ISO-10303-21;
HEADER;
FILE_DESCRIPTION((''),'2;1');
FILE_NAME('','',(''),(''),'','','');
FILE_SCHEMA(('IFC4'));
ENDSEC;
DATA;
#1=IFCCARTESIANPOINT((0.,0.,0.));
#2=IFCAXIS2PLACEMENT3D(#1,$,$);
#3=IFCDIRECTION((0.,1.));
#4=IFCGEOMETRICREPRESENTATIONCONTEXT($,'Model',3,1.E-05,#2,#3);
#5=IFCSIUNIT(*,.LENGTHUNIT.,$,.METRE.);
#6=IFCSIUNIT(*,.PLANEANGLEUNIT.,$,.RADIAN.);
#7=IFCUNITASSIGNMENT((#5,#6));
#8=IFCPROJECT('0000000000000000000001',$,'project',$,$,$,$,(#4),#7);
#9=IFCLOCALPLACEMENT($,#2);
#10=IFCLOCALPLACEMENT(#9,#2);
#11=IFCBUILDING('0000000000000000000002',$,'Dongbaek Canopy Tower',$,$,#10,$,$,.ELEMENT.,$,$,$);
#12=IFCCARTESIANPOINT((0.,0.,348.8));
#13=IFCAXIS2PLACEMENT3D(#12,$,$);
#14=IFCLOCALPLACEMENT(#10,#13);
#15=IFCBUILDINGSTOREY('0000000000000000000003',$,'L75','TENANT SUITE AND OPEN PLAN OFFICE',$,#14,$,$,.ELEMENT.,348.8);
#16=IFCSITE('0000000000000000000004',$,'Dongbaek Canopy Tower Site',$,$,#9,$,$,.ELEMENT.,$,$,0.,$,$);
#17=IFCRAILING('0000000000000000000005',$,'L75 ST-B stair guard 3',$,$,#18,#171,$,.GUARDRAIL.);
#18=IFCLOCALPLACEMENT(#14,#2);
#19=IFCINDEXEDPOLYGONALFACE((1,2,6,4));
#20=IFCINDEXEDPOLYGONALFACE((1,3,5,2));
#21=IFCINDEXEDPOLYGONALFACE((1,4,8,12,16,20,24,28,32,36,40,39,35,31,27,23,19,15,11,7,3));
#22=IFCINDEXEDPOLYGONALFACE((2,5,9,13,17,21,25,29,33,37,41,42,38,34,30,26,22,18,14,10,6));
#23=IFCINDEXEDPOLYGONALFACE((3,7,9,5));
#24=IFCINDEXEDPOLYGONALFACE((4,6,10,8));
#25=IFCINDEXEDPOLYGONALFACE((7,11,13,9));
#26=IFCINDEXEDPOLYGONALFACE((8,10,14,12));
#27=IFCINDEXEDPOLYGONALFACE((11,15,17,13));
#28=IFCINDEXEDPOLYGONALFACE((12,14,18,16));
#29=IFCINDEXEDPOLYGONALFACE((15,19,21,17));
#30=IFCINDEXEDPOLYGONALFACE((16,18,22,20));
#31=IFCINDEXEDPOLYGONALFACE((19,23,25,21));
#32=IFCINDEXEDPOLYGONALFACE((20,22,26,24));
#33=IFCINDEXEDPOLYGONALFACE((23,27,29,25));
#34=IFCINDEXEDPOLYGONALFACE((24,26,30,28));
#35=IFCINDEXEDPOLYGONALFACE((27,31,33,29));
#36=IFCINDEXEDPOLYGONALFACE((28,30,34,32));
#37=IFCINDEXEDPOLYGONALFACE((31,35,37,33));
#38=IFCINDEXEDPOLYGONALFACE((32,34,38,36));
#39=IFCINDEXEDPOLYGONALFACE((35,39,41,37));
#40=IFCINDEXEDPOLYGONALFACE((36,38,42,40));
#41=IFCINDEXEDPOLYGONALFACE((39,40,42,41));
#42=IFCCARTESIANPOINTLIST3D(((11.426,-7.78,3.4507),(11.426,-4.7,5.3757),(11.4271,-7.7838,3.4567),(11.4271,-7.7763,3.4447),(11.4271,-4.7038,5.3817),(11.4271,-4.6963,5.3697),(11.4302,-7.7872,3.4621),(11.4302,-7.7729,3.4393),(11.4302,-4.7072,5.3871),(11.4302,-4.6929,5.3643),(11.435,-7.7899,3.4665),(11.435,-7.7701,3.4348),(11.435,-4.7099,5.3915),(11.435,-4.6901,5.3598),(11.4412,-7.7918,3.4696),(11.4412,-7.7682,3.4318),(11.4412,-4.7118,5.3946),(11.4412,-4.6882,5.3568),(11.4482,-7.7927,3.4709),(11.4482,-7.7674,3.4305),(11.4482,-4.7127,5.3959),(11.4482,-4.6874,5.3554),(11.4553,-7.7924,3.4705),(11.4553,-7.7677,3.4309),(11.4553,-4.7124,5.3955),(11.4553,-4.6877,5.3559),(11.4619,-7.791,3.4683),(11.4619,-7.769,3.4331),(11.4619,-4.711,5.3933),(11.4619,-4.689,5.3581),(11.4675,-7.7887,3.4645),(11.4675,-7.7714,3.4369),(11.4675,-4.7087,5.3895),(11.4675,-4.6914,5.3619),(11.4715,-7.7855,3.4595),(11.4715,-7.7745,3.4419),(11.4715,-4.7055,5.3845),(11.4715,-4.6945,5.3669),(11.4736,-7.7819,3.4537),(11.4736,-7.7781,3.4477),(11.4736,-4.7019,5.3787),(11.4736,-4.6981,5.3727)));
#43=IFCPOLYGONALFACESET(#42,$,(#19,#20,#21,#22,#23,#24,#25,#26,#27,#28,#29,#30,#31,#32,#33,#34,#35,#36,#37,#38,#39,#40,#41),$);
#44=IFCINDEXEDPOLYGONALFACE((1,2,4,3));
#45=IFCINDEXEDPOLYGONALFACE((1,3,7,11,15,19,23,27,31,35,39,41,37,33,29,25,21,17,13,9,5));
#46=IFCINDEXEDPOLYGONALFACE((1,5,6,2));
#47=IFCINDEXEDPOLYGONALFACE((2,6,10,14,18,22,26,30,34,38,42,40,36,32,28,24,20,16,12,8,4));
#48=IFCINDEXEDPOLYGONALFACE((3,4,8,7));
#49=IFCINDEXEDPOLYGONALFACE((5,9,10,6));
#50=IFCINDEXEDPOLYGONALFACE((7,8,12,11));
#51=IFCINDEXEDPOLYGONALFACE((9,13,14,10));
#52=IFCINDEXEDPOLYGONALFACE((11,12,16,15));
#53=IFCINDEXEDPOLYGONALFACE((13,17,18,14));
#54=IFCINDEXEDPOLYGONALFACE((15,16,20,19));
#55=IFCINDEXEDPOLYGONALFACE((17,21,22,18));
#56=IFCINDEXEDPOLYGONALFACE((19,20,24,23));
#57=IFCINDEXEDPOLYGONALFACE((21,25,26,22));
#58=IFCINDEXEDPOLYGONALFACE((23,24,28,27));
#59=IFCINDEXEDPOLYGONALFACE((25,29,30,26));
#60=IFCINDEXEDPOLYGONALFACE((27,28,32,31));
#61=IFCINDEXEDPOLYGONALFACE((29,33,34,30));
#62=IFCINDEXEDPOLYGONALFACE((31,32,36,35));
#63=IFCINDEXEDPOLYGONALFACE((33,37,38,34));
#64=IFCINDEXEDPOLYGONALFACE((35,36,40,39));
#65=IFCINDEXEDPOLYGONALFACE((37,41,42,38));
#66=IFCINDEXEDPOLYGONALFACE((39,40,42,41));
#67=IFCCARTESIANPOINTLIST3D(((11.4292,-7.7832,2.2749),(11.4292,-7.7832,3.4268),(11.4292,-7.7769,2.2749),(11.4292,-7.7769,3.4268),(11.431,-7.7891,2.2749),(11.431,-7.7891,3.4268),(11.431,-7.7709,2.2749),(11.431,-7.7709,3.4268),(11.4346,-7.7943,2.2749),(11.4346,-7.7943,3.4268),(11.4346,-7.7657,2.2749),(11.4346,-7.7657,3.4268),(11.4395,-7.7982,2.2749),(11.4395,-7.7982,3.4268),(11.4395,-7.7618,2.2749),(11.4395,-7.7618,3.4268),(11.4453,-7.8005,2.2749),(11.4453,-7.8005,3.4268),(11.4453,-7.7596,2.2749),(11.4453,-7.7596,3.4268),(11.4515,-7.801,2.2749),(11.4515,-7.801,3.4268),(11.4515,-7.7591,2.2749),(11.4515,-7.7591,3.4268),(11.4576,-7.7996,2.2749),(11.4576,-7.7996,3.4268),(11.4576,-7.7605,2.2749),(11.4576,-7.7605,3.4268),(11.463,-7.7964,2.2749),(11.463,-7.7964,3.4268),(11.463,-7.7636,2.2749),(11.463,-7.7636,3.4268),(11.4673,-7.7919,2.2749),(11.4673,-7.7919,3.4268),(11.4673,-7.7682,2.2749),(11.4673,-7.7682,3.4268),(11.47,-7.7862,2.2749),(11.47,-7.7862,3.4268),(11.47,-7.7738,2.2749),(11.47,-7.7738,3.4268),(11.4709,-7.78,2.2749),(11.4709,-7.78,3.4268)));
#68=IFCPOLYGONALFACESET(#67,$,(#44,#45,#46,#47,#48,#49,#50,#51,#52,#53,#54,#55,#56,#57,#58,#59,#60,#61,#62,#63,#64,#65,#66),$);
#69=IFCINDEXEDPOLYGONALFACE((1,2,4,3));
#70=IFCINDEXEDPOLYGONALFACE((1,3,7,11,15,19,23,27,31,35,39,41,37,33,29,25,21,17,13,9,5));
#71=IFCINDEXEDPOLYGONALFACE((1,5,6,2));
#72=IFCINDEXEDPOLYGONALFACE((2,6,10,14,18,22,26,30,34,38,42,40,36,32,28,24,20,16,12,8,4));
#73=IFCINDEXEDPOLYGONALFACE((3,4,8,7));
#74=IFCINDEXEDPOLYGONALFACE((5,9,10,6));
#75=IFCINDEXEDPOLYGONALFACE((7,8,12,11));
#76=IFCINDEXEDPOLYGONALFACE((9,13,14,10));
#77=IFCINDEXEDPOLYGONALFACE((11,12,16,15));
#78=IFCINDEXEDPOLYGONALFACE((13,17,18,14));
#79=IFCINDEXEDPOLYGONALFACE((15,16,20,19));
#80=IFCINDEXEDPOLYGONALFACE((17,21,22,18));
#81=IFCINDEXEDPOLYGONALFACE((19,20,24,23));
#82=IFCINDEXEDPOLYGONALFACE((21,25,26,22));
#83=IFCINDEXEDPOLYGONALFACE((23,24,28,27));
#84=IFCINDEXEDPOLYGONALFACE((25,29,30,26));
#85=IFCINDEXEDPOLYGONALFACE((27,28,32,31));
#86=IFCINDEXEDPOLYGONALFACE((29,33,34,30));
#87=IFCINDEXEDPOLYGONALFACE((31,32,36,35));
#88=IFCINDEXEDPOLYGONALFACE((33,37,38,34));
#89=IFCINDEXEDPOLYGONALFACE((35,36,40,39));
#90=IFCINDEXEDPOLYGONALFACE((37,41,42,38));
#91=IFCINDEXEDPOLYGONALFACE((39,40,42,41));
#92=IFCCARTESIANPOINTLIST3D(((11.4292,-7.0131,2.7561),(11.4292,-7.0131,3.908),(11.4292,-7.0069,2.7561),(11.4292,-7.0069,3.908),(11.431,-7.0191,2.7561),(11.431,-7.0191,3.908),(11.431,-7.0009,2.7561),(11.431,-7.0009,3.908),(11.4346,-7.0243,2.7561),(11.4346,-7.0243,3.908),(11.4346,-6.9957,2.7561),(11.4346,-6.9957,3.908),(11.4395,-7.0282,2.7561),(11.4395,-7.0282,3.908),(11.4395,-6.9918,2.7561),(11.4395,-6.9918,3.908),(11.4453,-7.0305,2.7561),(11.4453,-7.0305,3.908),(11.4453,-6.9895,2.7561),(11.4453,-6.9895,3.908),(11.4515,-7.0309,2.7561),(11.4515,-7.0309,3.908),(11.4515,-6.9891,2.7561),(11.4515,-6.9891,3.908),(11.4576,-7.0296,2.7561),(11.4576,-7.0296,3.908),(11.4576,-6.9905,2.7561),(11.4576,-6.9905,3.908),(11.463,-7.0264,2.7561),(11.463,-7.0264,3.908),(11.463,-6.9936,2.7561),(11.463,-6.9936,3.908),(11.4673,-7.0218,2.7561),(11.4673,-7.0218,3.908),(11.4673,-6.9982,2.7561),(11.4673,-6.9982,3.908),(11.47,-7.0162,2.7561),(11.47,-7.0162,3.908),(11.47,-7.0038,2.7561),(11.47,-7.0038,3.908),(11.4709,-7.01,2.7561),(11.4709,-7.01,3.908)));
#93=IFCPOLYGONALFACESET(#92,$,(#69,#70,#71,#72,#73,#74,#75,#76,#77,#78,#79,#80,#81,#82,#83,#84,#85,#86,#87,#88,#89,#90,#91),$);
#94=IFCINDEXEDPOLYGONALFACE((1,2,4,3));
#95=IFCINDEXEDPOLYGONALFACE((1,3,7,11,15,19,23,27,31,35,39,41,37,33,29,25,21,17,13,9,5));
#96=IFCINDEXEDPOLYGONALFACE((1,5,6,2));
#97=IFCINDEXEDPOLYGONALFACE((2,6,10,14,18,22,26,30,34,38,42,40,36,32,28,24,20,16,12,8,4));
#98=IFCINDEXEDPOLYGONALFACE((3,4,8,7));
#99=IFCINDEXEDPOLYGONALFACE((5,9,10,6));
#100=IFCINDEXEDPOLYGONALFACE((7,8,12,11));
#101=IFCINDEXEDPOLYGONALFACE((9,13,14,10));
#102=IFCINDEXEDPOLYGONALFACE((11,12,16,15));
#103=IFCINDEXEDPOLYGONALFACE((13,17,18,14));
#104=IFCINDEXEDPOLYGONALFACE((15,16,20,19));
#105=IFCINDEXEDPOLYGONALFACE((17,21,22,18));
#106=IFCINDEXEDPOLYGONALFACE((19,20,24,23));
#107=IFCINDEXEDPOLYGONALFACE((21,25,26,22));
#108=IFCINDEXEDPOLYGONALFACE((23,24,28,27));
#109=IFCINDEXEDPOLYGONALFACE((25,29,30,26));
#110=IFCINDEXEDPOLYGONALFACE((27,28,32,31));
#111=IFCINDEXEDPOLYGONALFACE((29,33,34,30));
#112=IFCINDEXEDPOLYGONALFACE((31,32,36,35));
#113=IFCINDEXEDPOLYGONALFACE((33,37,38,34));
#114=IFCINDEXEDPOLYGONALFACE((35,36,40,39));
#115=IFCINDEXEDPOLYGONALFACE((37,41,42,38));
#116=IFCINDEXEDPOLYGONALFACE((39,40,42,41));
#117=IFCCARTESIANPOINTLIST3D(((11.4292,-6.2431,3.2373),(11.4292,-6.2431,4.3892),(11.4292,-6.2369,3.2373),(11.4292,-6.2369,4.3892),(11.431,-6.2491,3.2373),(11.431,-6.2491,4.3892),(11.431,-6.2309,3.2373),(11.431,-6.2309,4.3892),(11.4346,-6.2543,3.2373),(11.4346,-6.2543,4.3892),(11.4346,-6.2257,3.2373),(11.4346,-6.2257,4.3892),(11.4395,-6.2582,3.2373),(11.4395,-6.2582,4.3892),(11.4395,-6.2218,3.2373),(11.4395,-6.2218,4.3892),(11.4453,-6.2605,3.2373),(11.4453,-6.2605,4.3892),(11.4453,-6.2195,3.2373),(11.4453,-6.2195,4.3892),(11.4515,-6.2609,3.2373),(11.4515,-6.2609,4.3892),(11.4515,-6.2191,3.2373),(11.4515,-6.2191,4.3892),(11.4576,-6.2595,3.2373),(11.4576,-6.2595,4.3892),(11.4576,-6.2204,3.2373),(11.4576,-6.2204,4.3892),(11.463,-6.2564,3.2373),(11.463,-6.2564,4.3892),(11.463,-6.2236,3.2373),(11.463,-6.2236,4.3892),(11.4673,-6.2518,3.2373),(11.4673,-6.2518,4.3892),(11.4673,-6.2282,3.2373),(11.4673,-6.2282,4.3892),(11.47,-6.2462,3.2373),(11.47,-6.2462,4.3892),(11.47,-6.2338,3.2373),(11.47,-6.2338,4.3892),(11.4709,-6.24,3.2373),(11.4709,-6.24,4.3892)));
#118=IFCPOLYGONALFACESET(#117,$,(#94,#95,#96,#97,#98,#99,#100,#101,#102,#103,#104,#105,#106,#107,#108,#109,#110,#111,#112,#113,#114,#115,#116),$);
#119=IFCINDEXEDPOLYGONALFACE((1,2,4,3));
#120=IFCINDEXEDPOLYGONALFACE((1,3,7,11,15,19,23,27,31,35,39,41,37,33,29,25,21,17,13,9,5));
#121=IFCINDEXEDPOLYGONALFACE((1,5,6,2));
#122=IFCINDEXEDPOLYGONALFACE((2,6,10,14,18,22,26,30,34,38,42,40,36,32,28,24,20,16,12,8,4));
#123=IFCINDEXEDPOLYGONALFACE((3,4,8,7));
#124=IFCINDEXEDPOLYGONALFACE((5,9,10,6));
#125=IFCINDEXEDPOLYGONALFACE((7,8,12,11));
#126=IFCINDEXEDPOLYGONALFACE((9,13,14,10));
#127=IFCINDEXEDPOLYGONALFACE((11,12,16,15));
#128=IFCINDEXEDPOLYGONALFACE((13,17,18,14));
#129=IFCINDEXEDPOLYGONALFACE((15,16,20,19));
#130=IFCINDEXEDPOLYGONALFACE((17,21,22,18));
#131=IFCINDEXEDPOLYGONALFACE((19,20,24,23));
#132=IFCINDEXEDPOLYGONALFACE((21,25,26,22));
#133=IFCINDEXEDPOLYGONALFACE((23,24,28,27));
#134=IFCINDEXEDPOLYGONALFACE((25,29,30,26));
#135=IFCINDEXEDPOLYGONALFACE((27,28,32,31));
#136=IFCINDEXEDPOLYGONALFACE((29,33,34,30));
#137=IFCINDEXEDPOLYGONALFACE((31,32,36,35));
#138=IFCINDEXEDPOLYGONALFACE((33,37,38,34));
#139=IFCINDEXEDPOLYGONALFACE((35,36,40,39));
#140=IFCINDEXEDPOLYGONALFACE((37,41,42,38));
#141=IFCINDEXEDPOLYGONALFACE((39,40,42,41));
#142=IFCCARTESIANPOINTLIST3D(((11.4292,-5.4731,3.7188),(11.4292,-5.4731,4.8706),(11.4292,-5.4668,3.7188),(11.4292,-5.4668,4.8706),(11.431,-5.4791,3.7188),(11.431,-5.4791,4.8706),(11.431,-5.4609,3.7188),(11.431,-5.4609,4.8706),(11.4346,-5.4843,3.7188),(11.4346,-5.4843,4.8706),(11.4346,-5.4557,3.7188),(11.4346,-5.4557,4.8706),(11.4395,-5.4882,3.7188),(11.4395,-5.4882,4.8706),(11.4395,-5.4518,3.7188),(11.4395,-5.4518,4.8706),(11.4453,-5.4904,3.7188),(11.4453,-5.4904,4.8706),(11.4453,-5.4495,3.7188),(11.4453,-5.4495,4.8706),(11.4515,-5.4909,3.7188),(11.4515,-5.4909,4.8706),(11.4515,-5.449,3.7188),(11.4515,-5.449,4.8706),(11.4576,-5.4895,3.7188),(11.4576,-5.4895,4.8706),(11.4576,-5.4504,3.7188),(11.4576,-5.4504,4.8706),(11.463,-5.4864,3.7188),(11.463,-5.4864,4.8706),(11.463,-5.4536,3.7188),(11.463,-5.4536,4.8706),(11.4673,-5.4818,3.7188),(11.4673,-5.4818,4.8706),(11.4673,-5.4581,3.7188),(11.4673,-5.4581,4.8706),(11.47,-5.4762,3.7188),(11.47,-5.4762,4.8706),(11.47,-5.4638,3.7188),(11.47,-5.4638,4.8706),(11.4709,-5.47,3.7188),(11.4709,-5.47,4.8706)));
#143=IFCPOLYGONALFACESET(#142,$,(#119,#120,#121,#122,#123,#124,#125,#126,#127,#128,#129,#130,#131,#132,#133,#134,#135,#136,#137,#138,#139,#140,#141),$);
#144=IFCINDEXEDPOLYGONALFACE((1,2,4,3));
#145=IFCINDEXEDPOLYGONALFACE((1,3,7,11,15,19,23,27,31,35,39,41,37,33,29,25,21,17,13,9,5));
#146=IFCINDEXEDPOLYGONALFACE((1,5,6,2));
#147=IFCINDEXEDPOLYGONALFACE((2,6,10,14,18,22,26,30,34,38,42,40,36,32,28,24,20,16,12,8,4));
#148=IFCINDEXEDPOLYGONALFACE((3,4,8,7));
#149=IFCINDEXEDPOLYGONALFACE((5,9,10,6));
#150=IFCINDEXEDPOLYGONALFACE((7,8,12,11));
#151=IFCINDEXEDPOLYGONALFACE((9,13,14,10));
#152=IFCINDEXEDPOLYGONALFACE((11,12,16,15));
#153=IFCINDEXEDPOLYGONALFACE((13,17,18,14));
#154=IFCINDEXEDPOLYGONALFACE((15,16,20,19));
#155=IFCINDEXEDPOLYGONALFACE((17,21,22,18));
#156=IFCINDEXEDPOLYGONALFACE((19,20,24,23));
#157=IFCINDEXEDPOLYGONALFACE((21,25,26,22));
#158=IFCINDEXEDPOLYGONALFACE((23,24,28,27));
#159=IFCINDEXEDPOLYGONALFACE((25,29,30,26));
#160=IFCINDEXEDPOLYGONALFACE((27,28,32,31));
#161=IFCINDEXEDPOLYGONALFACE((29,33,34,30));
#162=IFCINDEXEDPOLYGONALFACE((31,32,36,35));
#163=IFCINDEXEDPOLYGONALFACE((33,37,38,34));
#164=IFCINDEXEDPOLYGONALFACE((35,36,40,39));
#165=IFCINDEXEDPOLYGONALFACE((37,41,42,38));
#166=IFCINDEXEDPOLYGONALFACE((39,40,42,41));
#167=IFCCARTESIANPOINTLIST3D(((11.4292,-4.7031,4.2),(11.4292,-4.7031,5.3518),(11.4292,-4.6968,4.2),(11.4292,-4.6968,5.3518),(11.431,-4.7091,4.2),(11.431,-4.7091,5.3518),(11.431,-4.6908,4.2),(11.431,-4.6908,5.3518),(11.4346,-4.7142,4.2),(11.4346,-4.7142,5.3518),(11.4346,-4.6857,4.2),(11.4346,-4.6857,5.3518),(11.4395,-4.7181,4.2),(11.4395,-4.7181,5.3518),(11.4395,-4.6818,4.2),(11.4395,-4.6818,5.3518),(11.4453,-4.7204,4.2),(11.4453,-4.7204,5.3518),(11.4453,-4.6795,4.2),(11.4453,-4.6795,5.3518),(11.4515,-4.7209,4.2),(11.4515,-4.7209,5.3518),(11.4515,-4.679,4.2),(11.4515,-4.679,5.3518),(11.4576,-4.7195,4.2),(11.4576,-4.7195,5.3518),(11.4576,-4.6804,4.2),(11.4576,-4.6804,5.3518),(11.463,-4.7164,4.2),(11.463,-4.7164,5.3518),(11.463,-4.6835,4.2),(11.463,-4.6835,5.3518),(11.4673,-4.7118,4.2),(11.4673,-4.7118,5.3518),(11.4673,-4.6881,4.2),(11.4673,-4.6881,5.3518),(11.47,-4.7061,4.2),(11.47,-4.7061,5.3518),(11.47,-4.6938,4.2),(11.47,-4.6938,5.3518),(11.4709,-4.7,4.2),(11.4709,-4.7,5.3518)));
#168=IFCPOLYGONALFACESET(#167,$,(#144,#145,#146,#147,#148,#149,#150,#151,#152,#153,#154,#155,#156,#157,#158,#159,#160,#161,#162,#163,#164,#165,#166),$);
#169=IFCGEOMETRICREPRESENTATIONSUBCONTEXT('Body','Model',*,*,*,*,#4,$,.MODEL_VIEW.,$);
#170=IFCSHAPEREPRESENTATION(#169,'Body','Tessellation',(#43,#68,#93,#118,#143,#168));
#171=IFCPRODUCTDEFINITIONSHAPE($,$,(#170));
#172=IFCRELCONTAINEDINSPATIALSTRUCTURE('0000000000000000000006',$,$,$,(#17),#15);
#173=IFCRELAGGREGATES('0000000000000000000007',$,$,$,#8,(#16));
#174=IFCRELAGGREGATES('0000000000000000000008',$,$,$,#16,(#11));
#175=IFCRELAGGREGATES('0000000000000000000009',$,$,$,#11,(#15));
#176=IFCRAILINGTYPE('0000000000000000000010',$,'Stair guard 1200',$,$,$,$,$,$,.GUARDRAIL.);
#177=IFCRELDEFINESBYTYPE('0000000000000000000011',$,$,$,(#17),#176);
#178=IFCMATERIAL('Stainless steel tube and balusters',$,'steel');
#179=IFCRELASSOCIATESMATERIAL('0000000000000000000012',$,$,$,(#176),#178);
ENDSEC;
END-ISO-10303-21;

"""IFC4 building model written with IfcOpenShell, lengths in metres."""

from ifc_helpers import new_model, si_unit, direction, frame, origin, origin_2d, place, context, subcontext, project, spatial, circle, extrude, material, type_object, element, save


model = new_model("IFC4")

# Units and contexts
model_context = context("Model", 3, precision=1e-05, world=origin(), true_north=direction((0.0, 1.0)))
body_context = subcontext(model_context, "Body", "Model", "MODEL_VIEW")
ifc_project = project(units=[si_unit("LENGTHUNIT", "METRE"), si_unit("PLANEANGLEUNIT", "RADIAN")], contexts=[model_context])

# Site, building, storey
site_placement = place(None, origin())
site = spatial("IfcSite", under=ifc_project, at=site_placement, Name="Dongbaek Canopy Tower Site", CompositionType="ELEMENT", RefElevation=0.0)
building_placement = place(site_placement, origin())
building = spatial("IfcBuilding", under=site, at=building_placement, Name="Dongbaek Canopy Tower", CompositionType="ELEMENT")
storey_placement = place(building_placement, frame((0.0, 0.0, 348.8)))
storey = spatial("IfcBuildingStorey", under=building, at=storey_placement, Name="L75", Description="TENANT SUITE AND OPEN PLAN OFFICE", CompositionType="ELEMENT", Elevation=348.8)

# Railing
ifc_material_1 = material(Name="Stainless steel tube and balusters", Category="steel")
railing_type_1 = type_object("IfcRailingType", Name="Stair guard 1200", PredefinedType="GUARDRAIL", material=ifc_material_1)
railing_1_placement = place(storey_placement, frame((11.45, -7.78, 2.2749)))
element("IfcRailing", 1, at=railing_1_placement, inside=storey, type_object=railing_type_1, Name="L75 ST-B stair guard 3", PredefinedType="GUARDRAIL", context=body_context, shape_type="SweptSolid", body=[
    extrude(circle(Radius=0.0239, at=origin_2d()), frame((0.0, 0.0, 1.1758), z_axis=(0.0, 0.847998, 0.529999), x_axis=(-1.0, 0.0, 0.0)), (0.0, 0.0, 1.0), 3.6321),
    extrude(circle(Radius=0.021, at=origin_2d()), origin(), (0.0, 0.0, 1.0), 1.1519),
    extrude(circle(Radius=0.021, at=origin_2d()), frame((0.0, 0.77, 0.4812)), (0.0, 0.0, 1.0), 1.1519),
    extrude(circle(Radius=0.021, at=origin_2d()), frame((0.0, 1.54, 0.9624)), (0.0, 0.0, 1.0), 1.1519),
    extrude(circle(Radius=0.021, at=origin_2d()), frame((0.0, 2.3101, 1.4438)), (0.0, 0.0, 1.0), 1.1519),
    extrude(circle(Radius=0.021, at=origin_2d()), frame((0.0, 3.0801, 1.925)), (0.0, 0.0, 1.0), 1.1519),
])

save(model, "model.ifc")
